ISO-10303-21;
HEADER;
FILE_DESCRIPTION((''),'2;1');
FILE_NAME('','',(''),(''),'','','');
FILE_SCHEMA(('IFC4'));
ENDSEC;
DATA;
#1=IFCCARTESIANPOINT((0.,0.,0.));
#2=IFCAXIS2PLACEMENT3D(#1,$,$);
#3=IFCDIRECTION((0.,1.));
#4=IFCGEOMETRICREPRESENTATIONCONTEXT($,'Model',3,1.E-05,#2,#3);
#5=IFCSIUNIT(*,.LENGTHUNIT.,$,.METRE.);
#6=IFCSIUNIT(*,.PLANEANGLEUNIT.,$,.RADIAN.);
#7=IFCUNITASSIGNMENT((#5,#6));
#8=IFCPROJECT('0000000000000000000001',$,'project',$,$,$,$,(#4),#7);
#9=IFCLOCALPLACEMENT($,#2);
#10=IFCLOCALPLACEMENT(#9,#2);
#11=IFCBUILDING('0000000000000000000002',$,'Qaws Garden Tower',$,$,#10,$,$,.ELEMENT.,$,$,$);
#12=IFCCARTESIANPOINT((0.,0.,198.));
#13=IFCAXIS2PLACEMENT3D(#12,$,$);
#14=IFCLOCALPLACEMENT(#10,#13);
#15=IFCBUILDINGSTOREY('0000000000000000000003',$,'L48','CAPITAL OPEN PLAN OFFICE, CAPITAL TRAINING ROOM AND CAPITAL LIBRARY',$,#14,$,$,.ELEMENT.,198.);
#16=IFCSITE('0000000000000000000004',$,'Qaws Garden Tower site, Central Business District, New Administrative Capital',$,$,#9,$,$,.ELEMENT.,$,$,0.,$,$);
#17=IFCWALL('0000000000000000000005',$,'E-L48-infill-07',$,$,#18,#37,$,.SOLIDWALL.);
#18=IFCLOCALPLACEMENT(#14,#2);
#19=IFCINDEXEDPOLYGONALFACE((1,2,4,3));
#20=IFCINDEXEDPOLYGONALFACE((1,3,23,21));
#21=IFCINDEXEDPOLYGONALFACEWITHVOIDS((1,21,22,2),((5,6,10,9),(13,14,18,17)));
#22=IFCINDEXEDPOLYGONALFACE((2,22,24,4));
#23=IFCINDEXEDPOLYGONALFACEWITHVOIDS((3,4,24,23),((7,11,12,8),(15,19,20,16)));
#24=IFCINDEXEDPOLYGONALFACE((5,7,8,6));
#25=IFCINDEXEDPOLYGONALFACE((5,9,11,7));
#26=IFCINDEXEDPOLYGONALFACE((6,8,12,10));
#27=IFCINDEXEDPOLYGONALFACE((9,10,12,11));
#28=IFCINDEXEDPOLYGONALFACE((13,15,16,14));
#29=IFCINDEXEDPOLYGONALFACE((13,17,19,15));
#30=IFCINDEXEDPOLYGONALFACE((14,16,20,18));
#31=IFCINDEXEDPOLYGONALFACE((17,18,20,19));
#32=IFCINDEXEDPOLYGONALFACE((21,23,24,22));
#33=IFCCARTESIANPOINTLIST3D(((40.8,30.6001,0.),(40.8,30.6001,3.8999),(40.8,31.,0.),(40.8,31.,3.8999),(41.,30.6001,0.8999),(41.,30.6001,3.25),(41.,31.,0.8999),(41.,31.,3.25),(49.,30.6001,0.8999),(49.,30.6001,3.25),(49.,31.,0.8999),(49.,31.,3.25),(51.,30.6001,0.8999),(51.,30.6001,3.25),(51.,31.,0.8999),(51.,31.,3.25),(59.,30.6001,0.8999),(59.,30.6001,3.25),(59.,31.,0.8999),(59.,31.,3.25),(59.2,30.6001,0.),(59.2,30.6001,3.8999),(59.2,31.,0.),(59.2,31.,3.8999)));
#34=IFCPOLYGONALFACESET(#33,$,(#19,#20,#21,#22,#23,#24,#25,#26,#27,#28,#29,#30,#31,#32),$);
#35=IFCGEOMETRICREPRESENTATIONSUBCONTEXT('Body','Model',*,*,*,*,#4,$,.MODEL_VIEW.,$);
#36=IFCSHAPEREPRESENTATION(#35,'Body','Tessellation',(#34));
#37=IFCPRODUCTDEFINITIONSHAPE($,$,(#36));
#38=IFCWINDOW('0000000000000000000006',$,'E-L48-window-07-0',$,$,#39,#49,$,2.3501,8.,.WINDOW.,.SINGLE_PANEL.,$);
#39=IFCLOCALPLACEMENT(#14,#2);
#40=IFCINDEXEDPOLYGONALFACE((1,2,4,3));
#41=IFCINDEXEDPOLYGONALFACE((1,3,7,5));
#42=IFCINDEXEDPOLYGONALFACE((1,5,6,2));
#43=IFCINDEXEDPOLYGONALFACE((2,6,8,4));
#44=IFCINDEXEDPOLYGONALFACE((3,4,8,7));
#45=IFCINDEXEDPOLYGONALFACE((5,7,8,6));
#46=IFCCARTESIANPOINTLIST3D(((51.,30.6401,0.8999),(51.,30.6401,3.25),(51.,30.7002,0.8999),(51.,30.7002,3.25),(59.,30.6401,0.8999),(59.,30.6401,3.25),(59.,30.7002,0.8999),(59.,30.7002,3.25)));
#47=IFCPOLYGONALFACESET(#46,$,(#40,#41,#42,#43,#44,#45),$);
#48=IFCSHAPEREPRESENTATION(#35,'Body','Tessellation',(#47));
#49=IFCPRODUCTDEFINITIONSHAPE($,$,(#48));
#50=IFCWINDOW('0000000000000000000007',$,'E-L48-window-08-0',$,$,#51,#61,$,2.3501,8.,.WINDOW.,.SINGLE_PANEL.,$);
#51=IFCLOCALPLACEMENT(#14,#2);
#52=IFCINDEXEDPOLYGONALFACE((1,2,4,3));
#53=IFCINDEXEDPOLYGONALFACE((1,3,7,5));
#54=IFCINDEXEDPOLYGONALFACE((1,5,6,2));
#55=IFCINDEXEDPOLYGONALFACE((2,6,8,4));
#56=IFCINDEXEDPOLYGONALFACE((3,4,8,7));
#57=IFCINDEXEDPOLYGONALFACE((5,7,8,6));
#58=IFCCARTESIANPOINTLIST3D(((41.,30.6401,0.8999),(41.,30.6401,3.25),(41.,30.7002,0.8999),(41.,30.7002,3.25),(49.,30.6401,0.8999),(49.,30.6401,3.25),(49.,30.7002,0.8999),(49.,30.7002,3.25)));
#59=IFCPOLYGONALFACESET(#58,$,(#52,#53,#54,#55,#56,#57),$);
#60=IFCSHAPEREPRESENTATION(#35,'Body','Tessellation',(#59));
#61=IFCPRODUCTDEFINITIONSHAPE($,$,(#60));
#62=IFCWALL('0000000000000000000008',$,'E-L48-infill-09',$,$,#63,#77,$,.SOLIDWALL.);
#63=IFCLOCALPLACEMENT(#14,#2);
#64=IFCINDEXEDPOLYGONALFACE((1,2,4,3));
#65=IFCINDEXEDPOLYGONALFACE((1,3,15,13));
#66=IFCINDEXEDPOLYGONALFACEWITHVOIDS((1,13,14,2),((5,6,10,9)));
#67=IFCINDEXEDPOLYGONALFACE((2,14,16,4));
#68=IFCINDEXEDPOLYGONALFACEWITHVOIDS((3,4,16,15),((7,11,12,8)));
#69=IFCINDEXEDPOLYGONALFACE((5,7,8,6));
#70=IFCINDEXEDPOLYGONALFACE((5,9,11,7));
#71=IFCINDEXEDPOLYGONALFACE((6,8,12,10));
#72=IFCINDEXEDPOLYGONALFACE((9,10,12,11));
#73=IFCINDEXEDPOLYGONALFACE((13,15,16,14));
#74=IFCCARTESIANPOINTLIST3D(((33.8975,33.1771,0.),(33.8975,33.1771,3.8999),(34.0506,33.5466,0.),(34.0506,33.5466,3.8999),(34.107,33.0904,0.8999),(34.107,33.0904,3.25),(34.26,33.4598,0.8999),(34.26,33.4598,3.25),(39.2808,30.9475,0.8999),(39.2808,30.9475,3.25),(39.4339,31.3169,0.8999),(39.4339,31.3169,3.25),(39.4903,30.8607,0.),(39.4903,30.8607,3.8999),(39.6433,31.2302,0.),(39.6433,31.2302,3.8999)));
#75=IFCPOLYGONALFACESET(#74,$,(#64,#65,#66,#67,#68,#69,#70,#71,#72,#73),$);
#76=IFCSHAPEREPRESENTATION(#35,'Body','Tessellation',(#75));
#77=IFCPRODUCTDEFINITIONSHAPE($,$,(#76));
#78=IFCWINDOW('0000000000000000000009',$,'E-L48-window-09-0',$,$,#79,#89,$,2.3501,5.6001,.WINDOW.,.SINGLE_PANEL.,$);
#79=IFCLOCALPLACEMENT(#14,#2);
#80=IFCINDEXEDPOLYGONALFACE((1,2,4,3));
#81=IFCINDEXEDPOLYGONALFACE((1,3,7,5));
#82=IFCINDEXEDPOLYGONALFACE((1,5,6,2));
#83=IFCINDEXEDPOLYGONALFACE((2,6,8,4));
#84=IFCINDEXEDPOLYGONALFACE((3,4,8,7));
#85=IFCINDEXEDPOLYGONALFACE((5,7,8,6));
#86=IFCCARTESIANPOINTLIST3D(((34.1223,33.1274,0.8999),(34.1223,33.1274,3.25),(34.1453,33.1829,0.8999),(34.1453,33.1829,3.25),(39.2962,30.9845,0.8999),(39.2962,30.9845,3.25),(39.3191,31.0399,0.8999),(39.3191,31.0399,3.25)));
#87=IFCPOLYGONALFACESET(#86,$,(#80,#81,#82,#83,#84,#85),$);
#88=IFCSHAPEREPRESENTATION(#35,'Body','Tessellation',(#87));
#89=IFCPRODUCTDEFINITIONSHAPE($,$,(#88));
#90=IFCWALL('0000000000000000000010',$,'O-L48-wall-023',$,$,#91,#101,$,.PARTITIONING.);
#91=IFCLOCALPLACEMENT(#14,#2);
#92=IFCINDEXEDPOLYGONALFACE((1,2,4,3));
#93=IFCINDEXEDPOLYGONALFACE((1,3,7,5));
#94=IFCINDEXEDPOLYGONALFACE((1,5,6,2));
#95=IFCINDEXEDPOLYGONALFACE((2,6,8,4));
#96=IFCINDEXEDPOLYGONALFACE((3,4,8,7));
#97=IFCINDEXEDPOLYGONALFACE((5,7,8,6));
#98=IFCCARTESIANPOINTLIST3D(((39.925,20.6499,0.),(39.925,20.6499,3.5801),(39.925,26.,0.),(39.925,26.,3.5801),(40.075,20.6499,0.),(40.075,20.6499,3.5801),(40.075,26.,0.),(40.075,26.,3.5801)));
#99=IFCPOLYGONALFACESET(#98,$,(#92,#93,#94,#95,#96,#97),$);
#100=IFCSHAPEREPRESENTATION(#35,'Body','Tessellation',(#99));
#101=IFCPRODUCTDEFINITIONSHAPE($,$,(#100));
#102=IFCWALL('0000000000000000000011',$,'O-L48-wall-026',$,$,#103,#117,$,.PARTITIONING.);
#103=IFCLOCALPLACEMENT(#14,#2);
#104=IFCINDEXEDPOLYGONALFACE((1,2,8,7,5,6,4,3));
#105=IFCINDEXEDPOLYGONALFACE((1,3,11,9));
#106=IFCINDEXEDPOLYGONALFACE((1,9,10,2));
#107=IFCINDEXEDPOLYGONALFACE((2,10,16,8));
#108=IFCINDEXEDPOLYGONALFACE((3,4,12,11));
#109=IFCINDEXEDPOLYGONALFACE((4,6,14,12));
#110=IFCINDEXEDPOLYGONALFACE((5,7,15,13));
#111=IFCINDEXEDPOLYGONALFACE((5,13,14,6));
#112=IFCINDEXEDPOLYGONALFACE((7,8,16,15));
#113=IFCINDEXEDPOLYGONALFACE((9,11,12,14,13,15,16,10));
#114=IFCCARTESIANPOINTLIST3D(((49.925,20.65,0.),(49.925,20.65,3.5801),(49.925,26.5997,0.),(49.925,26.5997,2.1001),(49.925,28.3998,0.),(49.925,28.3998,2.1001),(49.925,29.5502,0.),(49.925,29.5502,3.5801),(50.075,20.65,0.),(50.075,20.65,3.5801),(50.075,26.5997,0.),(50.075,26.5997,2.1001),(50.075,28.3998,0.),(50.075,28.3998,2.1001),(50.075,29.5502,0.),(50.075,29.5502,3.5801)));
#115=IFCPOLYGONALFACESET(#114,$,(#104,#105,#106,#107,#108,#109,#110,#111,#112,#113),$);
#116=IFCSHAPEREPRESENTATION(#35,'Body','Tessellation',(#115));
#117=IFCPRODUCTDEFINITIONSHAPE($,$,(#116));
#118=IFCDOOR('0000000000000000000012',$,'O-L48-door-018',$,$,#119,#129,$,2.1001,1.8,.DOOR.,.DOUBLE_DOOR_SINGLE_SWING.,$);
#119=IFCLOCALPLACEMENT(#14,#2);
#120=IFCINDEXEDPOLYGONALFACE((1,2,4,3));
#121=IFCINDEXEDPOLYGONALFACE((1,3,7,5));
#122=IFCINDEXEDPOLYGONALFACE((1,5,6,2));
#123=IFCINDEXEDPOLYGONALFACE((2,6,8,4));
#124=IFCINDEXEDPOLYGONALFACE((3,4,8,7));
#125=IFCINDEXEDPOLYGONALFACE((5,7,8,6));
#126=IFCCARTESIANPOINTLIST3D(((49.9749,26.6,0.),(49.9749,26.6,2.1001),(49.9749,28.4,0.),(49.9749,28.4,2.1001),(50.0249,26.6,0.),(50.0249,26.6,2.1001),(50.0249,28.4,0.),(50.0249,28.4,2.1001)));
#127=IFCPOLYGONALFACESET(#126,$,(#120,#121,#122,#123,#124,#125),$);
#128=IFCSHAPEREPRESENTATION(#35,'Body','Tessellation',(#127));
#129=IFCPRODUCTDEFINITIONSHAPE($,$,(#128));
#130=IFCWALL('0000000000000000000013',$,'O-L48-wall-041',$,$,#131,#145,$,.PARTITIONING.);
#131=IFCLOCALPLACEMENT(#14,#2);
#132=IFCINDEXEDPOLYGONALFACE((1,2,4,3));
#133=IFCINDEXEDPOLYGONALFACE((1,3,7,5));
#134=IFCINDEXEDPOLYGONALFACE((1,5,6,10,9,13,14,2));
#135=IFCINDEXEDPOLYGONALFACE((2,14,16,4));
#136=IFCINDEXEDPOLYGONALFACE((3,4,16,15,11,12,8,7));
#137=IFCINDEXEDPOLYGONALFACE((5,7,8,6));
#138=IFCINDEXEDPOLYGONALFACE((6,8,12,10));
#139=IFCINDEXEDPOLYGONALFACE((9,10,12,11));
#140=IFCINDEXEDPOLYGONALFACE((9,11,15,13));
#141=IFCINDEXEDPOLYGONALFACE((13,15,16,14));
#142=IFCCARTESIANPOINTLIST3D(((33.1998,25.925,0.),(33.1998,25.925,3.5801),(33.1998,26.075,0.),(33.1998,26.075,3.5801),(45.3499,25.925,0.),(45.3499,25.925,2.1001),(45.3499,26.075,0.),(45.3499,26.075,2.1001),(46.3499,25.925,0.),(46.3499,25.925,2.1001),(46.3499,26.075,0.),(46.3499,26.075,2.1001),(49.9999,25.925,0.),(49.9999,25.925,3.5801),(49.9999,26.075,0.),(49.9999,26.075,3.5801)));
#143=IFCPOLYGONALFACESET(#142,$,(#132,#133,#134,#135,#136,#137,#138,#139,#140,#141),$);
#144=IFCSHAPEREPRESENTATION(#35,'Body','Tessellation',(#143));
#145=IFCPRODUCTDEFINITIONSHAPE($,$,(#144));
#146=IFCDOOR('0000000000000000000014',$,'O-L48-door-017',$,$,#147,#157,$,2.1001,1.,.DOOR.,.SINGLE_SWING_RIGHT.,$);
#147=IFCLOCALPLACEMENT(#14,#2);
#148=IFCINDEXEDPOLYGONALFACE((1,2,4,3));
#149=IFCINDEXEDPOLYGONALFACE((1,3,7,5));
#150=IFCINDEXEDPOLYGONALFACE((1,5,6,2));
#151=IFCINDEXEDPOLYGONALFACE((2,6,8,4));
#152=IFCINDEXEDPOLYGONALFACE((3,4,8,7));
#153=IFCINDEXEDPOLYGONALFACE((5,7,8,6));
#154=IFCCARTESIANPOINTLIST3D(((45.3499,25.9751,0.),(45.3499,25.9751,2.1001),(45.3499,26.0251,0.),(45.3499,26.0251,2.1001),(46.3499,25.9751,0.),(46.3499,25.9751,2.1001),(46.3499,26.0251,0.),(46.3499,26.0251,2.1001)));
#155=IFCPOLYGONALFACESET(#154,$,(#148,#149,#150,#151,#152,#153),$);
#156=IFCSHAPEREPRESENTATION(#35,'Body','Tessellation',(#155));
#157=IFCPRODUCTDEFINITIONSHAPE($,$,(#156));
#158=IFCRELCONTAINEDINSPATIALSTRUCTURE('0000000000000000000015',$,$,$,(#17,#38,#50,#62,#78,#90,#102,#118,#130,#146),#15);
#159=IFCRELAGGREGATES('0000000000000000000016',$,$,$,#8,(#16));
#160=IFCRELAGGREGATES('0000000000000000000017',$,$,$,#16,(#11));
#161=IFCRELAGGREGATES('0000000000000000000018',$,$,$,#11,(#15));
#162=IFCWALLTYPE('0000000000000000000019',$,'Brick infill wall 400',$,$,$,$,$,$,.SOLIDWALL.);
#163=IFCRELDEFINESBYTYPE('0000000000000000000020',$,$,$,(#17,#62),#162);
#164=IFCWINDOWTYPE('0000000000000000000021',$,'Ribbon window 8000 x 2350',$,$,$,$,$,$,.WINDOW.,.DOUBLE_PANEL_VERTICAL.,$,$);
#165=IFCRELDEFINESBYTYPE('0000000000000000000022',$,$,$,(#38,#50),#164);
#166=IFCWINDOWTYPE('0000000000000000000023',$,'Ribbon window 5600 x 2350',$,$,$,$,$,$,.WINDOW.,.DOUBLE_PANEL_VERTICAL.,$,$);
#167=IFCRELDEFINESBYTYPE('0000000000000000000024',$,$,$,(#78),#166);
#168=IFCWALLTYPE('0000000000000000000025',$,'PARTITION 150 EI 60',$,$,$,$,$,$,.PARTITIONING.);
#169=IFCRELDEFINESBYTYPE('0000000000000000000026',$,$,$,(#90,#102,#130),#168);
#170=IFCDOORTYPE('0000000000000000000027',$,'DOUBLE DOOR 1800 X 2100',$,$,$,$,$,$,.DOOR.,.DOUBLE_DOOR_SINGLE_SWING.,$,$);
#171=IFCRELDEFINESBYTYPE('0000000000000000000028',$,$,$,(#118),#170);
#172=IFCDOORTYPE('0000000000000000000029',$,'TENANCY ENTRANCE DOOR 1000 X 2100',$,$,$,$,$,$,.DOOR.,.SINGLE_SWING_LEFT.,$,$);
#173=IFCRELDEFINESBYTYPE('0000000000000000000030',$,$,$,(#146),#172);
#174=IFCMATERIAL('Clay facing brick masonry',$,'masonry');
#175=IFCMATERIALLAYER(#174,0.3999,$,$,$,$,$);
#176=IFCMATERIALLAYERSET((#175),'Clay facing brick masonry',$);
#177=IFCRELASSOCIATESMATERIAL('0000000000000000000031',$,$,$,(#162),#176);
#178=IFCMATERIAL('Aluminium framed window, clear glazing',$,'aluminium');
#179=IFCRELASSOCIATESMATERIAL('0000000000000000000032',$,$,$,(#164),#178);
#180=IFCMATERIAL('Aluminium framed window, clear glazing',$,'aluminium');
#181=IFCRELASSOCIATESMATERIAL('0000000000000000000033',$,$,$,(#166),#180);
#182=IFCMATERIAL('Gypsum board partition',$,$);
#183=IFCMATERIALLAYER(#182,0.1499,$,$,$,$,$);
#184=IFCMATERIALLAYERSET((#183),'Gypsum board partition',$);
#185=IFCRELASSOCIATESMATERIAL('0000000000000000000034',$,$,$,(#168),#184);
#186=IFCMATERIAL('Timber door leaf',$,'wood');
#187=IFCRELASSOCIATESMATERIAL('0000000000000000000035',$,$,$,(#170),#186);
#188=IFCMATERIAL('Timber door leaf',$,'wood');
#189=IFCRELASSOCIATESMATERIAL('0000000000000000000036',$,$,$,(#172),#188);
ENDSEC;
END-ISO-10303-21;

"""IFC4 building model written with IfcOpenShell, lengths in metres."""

from ifc_helpers import new_model, si_unit, direction, frame, frame_2d, origin, place, context, subcontext, project, spatial, rectangle, extrude, material, layer, layer_set, type_object, element, fill, save


model = new_model("IFC4")

# Units and contexts
model_context = context("Model", 3, precision=1e-05, world=origin(), true_north=direction((0.0, 1.0)))
body_context = subcontext(model_context, "Body", "Model", "MODEL_VIEW")
ifc_project = project(units=[si_unit("LENGTHUNIT", "METRE"), si_unit("PLANEANGLEUNIT", "RADIAN")], contexts=[model_context])

# Site, building, storey
site_placement = place(None, origin())
site = spatial("IfcSite", under=ifc_project, at=site_placement, Name="Qaws Garden Tower site, Central Business District, New Administrative Capital", CompositionType="ELEMENT", RefElevation=0.0)
building_placement = place(site_placement, origin())
building = spatial("IfcBuilding", under=site, at=building_placement, Name="Qaws Garden Tower", CompositionType="ELEMENT")
storey_placement = place(building_placement, frame((0.0, 0.0, 198.0)))
storey = spatial("IfcBuildingStorey", under=building, at=storey_placement, Name="L48", Description="CAPITAL OPEN PLAN OFFICE, CAPITAL TRAINING ROOM AND CAPITAL LIBRARY", CompositionType="ELEMENT", Elevation=198.0)

# Wall, openings, windows
ifc_material_1 = material(Name="Clay facing brick masonry", Category="masonry")
ifc_layer_1 = layer(ifc_material_1, 0.3999)
ifc_layer_set_1 = layer_set([ifc_layer_1], Name="Clay facing brick masonry")
wall_type_1 = type_object("IfcWallType", Name="Brick infill wall 400", PredefinedType="SOLIDWALL", material=ifc_layer_set_1)
wall_1_placement = place(storey_placement, frame((59.2, 30.8, 0.0), z_axis=(0.0, 0.0, 1.0), x_axis=(-1.0, 0.0, 0.0)))
wall_1 = element("IfcWall", 1, at=wall_1_placement, inside=storey, type_object=wall_type_1, Name="E-L48-infill-07", PredefinedType="SOLIDWALL", context=body_context, shape_type="SweptSolid", body=[
    extrude(rectangle(XDim=18.3999, YDim=0.3999, at=frame_2d((9.2, 0.0))), origin(), (0.0, 0.0, 1.0), 3.8999),
])
opening_1_placement = place(wall_1_placement, frame((0.2, 0.0, 0.8999)))
opening_1 = element("IfcOpeningElement", 2, at=opening_1_placement, cuts=wall_1, PredefinedType="OPENING", context=body_context, shape_type="SweptSolid", body=[
    extrude(rectangle(XDim=8.0, YDim=2.3501, at=frame_2d((4.0, 1.175))), frame((0.0, 0.21, 0.0), z_axis=(0.0, -1.0, 0.0), x_axis=(1.0, 0.0, 0.0)), (0.0, 0.0, 1.0), 0.4199),
])
opening_2_placement = place(wall_1_placement, frame((10.2, 0.0, 0.8999)))
opening_2 = element("IfcOpeningElement", 3, at=opening_2_placement, cuts=wall_1, PredefinedType="OPENING", context=body_context, shape_type="SweptSolid", body=[
    extrude(rectangle(XDim=8.0, YDim=2.3501, at=frame_2d((4.0, 1.175))), frame((0.0, 0.21, 0.0), z_axis=(0.0, -1.0, 0.0), x_axis=(1.0, 0.0, 0.0)), (0.0, 0.0, 1.0), 0.4199),
])
ifc_material_2 = material(Name="Aluminium framed window, clear glazing", Category="aluminium")
window_type_1 = type_object("IfcWindowType", Name="Ribbon window 8000 x 2350", PartitioningType="DOUBLE_PANEL_VERTICAL", PredefinedType="WINDOW", material=ifc_material_2)
window_1_placement = place(opening_1_placement, origin())
window_1 = element("IfcWindow", 4, at=window_1_placement, inside=storey, type_object=window_type_1, Name="E-L48-window-07-0", OverallHeight=2.3501, OverallWidth=8.0, PartitioningType="SINGLE_PANEL", PredefinedType="WINDOW", context=body_context, shape_type="SweptSolid", body=[
    extrude(rectangle(XDim=8.0, YDim=2.3501, at=frame_2d((4.0, 1.175))), frame((0.0, 0.1599, 0.0), z_axis=(0.0, -1.0, 0.0), x_axis=(1.0, 0.0, 0.0)), (0.0, 0.0, 1.0), 0.0601),
])
fill(opening_1, window_1)
window_2_placement = place(opening_2_placement, origin())
window_2 = element("IfcWindow", 5, at=window_2_placement, inside=storey, type_object=window_type_1, Name="E-L48-window-08-0", OverallHeight=2.3501, OverallWidth=8.0, PartitioningType="SINGLE_PANEL", PredefinedType="WINDOW", context=body_context, shape_type="SweptSolid", body=[
    extrude(rectangle(XDim=8.0, YDim=2.3501, at=frame_2d((4.0, 1.175))), frame((0.0, 0.1599, 0.0), z_axis=(0.0, -1.0, 0.0), x_axis=(1.0, 0.0, 0.0)), (0.0, 0.0, 1.0), 0.0601),
])
fill(opening_2, window_2)

# Wall, opening, window
wall_2_placement = place(storey_placement, frame((39.5669, 31.0454, 0.0), z_axis=(0.0, 0.0, 1.0), x_axis=(-0.923891, 0.382656, 0.0)))
wall_2 = element("IfcWall", 6, at=wall_2_placement, inside=storey, type_object=wall_type_1, Name="E-L48-infill-09", PredefinedType="SOLIDWALL", context=body_context, shape_type="SweptSolid", body=[
    extrude(rectangle(XDim=6.0535, YDim=0.3999, at=frame_2d((3.0269, 0.0))), origin(), (0.0, 0.0, 1.0), 3.8999),
])
opening_3_placement = place(wall_2_placement, frame((0.2268, 0.0, 0.8999)))
opening_3 = element("IfcOpeningElement", 7, at=opening_3_placement, cuts=wall_2, PredefinedType="OPENING", context=body_context, shape_type="SweptSolid", body=[
    extrude(rectangle(XDim=5.6001, YDim=2.3501, at=frame_2d((2.8, 1.175))), frame((0.0, 0.21, 0.0), z_axis=(0.0, -1.0, 0.0), x_axis=(1.0, 0.0, 0.0)), (0.0, 0.0, 1.0), 0.4199),
])
ifc_material_3 = material(Name="Aluminium framed window, clear glazing", Category="aluminium")
window_type_2 = type_object("IfcWindowType", Name="Ribbon window 5600 x 2350", PartitioningType="DOUBLE_PANEL_VERTICAL", PredefinedType="WINDOW", material=ifc_material_3)
window_3_placement = place(opening_3_placement, origin())
window_3 = element("IfcWindow", 8, at=window_3_placement, inside=storey, type_object=window_type_2, Name="E-L48-window-09-0", OverallHeight=2.3501, OverallWidth=5.6001, PartitioningType="SINGLE_PANEL", PredefinedType="WINDOW", context=body_context, shape_type="SweptSolid", body=[
    extrude(rectangle(XDim=5.6001, YDim=2.3501, at=frame_2d((2.8, 1.175))), frame((0.0, 0.1599, 0.0), z_axis=(0.0, -1.0, 0.0), x_axis=(1.0, 0.0, 0.0)), (0.0, 0.0, 1.0), 0.0601),
])
fill(opening_3, window_3)

# Wall
ifc_material_4 = material(Name="Gypsum board partition")
ifc_layer_2 = layer(ifc_material_4, 0.1499)
ifc_layer_set_2 = layer_set([ifc_layer_2], Name="Gypsum board partition")
wall_type_2 = type_object("IfcWallType", Name="PARTITION 150 EI 60", PredefinedType="PARTITIONING", material=ifc_layer_set_2)
wall_3_placement = place(storey_placement, frame((40.0, 20.6499, 0.0), z_axis=(0.0, 0.0, 1.0), x_axis=(0.0, 1.0, 0.0)))
element("IfcWall", 9, at=wall_3_placement, inside=storey, type_object=wall_type_2, Name="O-L48-wall-023", PredefinedType="PARTITIONING", context=body_context, shape_type="SweptSolid", body=[
    extrude(rectangle(XDim=5.3501, YDim=0.1499, at=frame_2d((2.675, 0.0))), origin(), (0.0, 0.0, 1.0), 3.5801),
])

# Walls, openings, doors
wall_4_placement = place(storey_placement, frame((50.0, 20.6499, 0.0), z_axis=(0.0, 0.0, 1.0), x_axis=(0.0, 1.0, 0.0)))
wall_4 = element("IfcWall", 10, at=wall_4_placement, inside=storey, type_object=wall_type_2, Name="O-L48-wall-026", PredefinedType="PARTITIONING", context=body_context, shape_type="SweptSolid", body=[
    extrude(rectangle(XDim=8.9001, YDim=0.1499, at=frame_2d((4.4502, 0.0))), origin(), (0.0, 0.0, 1.0), 3.5801),
])
opening_4_placement = place(wall_4_placement, frame((5.95, 0.0, 0.0)))
opening_4 = element("IfcOpeningElement", 11, at=opening_4_placement, cuts=wall_4, PredefinedType="OPENING", context=body_context, shape_type="SweptSolid", body=[
    extrude(rectangle(XDim=1.8, YDim=2.1001, at=frame_2d((0.8999, 1.05))), frame((0.0, 0.085, 0.0), z_axis=(0.0, -1.0, 0.0), x_axis=(1.0, 0.0, 0.0)), (0.0, 0.0, 1.0), 0.1699),
])
ifc_material_5 = material(Name="Timber door leaf", Category="wood")
door_type_1 = type_object("IfcDoorType", Name="DOUBLE DOOR 1800 X 2100", OperationType="DOUBLE_DOOR_SINGLE_SWING", PredefinedType="DOOR", material=ifc_material_5)
door_1_placement = place(opening_4_placement, frame((1.8, 0.0, 0.0), z_axis=(0.0, 0.0, 1.0), x_axis=(-1.0, 0.0, 0.0)))
door_1 = element("IfcDoor", 12, at=door_1_placement, inside=storey, type_object=door_type_1, Name="O-L48-door-018", OperationType="DOUBLE_DOOR_SINGLE_SWING", OverallHeight=2.1001, OverallWidth=1.8, PredefinedType="DOOR", context=body_context, shape_type="SweptSolid", body=[
    extrude(rectangle(XDim=1.8, YDim=2.1001, at=frame_2d((0.8999, 1.05))), frame((0.0, 0.0249, 0.0), z_axis=(0.0, -1.0, 0.0), x_axis=(1.0, 0.0, 0.0)), (0.0, 0.0, 1.0), 0.05),
])
fill(opening_4, door_1)
wall_5_placement = place(storey_placement, frame((33.2, 26.0, 0.0), z_axis=(0.0, 0.0, 1.0), x_axis=(1.0, 0.0, 0.0)))
wall_5 = element("IfcWall", 13, at=wall_5_placement, inside=storey, type_object=wall_type_2, Name="O-L48-wall-041", PredefinedType="PARTITIONING", context=body_context, shape_type="SweptSolid", body=[
    extrude(rectangle(XDim=16.8, YDim=0.1499, at=frame_2d((8.3999, 0.0))), origin(), (0.0, 0.0, 1.0), 3.5801),
])
opening_5_placement = place(wall_5_placement, frame((12.1499, 0.0, 0.0)))
opening_5 = element("IfcOpeningElement", 14, at=opening_5_placement, cuts=wall_5, PredefinedType="OPENING", context=body_context, shape_type="SweptSolid", body=[
    extrude(rectangle(XDim=1.0, YDim=2.1001, at=frame_2d((0.5, 1.05))), frame((0.0, 0.085, 0.0), z_axis=(0.0, -1.0, 0.0), x_axis=(1.0, 0.0, 0.0)), (0.0, 0.0, 1.0), 0.1699),
])
ifc_material_6 = material(Name="Timber door leaf", Category="wood")
door_type_2 = type_object("IfcDoorType", Name="TENANCY ENTRANCE DOOR 1000 X 2100", OperationType="SINGLE_SWING_LEFT", PredefinedType="DOOR", material=ifc_material_6)
door_2_placement = place(opening_5_placement, frame((1.0, 0.0, 0.0), z_axis=(0.0, 0.0, 1.0), x_axis=(-1.0, 0.0, 0.0)))
door_2 = element("IfcDoor", 15, at=door_2_placement, inside=storey, type_object=door_type_2, Name="O-L48-door-017", OperationType="SINGLE_SWING_RIGHT", OverallHeight=2.1001, OverallWidth=1.0, PredefinedType="DOOR", context=body_context, shape_type="SweptSolid", body=[
    extrude(rectangle(XDim=1.0, YDim=2.1001, at=frame_2d((0.5, 1.05))), frame((0.0, 0.0249, 0.0), z_axis=(0.0, -1.0, 0.0), x_axis=(1.0, 0.0, 0.0)), (0.0, 0.0, 1.0), 0.05),
])
fill(opening_5, door_2)

save(model, "model.ifc")
